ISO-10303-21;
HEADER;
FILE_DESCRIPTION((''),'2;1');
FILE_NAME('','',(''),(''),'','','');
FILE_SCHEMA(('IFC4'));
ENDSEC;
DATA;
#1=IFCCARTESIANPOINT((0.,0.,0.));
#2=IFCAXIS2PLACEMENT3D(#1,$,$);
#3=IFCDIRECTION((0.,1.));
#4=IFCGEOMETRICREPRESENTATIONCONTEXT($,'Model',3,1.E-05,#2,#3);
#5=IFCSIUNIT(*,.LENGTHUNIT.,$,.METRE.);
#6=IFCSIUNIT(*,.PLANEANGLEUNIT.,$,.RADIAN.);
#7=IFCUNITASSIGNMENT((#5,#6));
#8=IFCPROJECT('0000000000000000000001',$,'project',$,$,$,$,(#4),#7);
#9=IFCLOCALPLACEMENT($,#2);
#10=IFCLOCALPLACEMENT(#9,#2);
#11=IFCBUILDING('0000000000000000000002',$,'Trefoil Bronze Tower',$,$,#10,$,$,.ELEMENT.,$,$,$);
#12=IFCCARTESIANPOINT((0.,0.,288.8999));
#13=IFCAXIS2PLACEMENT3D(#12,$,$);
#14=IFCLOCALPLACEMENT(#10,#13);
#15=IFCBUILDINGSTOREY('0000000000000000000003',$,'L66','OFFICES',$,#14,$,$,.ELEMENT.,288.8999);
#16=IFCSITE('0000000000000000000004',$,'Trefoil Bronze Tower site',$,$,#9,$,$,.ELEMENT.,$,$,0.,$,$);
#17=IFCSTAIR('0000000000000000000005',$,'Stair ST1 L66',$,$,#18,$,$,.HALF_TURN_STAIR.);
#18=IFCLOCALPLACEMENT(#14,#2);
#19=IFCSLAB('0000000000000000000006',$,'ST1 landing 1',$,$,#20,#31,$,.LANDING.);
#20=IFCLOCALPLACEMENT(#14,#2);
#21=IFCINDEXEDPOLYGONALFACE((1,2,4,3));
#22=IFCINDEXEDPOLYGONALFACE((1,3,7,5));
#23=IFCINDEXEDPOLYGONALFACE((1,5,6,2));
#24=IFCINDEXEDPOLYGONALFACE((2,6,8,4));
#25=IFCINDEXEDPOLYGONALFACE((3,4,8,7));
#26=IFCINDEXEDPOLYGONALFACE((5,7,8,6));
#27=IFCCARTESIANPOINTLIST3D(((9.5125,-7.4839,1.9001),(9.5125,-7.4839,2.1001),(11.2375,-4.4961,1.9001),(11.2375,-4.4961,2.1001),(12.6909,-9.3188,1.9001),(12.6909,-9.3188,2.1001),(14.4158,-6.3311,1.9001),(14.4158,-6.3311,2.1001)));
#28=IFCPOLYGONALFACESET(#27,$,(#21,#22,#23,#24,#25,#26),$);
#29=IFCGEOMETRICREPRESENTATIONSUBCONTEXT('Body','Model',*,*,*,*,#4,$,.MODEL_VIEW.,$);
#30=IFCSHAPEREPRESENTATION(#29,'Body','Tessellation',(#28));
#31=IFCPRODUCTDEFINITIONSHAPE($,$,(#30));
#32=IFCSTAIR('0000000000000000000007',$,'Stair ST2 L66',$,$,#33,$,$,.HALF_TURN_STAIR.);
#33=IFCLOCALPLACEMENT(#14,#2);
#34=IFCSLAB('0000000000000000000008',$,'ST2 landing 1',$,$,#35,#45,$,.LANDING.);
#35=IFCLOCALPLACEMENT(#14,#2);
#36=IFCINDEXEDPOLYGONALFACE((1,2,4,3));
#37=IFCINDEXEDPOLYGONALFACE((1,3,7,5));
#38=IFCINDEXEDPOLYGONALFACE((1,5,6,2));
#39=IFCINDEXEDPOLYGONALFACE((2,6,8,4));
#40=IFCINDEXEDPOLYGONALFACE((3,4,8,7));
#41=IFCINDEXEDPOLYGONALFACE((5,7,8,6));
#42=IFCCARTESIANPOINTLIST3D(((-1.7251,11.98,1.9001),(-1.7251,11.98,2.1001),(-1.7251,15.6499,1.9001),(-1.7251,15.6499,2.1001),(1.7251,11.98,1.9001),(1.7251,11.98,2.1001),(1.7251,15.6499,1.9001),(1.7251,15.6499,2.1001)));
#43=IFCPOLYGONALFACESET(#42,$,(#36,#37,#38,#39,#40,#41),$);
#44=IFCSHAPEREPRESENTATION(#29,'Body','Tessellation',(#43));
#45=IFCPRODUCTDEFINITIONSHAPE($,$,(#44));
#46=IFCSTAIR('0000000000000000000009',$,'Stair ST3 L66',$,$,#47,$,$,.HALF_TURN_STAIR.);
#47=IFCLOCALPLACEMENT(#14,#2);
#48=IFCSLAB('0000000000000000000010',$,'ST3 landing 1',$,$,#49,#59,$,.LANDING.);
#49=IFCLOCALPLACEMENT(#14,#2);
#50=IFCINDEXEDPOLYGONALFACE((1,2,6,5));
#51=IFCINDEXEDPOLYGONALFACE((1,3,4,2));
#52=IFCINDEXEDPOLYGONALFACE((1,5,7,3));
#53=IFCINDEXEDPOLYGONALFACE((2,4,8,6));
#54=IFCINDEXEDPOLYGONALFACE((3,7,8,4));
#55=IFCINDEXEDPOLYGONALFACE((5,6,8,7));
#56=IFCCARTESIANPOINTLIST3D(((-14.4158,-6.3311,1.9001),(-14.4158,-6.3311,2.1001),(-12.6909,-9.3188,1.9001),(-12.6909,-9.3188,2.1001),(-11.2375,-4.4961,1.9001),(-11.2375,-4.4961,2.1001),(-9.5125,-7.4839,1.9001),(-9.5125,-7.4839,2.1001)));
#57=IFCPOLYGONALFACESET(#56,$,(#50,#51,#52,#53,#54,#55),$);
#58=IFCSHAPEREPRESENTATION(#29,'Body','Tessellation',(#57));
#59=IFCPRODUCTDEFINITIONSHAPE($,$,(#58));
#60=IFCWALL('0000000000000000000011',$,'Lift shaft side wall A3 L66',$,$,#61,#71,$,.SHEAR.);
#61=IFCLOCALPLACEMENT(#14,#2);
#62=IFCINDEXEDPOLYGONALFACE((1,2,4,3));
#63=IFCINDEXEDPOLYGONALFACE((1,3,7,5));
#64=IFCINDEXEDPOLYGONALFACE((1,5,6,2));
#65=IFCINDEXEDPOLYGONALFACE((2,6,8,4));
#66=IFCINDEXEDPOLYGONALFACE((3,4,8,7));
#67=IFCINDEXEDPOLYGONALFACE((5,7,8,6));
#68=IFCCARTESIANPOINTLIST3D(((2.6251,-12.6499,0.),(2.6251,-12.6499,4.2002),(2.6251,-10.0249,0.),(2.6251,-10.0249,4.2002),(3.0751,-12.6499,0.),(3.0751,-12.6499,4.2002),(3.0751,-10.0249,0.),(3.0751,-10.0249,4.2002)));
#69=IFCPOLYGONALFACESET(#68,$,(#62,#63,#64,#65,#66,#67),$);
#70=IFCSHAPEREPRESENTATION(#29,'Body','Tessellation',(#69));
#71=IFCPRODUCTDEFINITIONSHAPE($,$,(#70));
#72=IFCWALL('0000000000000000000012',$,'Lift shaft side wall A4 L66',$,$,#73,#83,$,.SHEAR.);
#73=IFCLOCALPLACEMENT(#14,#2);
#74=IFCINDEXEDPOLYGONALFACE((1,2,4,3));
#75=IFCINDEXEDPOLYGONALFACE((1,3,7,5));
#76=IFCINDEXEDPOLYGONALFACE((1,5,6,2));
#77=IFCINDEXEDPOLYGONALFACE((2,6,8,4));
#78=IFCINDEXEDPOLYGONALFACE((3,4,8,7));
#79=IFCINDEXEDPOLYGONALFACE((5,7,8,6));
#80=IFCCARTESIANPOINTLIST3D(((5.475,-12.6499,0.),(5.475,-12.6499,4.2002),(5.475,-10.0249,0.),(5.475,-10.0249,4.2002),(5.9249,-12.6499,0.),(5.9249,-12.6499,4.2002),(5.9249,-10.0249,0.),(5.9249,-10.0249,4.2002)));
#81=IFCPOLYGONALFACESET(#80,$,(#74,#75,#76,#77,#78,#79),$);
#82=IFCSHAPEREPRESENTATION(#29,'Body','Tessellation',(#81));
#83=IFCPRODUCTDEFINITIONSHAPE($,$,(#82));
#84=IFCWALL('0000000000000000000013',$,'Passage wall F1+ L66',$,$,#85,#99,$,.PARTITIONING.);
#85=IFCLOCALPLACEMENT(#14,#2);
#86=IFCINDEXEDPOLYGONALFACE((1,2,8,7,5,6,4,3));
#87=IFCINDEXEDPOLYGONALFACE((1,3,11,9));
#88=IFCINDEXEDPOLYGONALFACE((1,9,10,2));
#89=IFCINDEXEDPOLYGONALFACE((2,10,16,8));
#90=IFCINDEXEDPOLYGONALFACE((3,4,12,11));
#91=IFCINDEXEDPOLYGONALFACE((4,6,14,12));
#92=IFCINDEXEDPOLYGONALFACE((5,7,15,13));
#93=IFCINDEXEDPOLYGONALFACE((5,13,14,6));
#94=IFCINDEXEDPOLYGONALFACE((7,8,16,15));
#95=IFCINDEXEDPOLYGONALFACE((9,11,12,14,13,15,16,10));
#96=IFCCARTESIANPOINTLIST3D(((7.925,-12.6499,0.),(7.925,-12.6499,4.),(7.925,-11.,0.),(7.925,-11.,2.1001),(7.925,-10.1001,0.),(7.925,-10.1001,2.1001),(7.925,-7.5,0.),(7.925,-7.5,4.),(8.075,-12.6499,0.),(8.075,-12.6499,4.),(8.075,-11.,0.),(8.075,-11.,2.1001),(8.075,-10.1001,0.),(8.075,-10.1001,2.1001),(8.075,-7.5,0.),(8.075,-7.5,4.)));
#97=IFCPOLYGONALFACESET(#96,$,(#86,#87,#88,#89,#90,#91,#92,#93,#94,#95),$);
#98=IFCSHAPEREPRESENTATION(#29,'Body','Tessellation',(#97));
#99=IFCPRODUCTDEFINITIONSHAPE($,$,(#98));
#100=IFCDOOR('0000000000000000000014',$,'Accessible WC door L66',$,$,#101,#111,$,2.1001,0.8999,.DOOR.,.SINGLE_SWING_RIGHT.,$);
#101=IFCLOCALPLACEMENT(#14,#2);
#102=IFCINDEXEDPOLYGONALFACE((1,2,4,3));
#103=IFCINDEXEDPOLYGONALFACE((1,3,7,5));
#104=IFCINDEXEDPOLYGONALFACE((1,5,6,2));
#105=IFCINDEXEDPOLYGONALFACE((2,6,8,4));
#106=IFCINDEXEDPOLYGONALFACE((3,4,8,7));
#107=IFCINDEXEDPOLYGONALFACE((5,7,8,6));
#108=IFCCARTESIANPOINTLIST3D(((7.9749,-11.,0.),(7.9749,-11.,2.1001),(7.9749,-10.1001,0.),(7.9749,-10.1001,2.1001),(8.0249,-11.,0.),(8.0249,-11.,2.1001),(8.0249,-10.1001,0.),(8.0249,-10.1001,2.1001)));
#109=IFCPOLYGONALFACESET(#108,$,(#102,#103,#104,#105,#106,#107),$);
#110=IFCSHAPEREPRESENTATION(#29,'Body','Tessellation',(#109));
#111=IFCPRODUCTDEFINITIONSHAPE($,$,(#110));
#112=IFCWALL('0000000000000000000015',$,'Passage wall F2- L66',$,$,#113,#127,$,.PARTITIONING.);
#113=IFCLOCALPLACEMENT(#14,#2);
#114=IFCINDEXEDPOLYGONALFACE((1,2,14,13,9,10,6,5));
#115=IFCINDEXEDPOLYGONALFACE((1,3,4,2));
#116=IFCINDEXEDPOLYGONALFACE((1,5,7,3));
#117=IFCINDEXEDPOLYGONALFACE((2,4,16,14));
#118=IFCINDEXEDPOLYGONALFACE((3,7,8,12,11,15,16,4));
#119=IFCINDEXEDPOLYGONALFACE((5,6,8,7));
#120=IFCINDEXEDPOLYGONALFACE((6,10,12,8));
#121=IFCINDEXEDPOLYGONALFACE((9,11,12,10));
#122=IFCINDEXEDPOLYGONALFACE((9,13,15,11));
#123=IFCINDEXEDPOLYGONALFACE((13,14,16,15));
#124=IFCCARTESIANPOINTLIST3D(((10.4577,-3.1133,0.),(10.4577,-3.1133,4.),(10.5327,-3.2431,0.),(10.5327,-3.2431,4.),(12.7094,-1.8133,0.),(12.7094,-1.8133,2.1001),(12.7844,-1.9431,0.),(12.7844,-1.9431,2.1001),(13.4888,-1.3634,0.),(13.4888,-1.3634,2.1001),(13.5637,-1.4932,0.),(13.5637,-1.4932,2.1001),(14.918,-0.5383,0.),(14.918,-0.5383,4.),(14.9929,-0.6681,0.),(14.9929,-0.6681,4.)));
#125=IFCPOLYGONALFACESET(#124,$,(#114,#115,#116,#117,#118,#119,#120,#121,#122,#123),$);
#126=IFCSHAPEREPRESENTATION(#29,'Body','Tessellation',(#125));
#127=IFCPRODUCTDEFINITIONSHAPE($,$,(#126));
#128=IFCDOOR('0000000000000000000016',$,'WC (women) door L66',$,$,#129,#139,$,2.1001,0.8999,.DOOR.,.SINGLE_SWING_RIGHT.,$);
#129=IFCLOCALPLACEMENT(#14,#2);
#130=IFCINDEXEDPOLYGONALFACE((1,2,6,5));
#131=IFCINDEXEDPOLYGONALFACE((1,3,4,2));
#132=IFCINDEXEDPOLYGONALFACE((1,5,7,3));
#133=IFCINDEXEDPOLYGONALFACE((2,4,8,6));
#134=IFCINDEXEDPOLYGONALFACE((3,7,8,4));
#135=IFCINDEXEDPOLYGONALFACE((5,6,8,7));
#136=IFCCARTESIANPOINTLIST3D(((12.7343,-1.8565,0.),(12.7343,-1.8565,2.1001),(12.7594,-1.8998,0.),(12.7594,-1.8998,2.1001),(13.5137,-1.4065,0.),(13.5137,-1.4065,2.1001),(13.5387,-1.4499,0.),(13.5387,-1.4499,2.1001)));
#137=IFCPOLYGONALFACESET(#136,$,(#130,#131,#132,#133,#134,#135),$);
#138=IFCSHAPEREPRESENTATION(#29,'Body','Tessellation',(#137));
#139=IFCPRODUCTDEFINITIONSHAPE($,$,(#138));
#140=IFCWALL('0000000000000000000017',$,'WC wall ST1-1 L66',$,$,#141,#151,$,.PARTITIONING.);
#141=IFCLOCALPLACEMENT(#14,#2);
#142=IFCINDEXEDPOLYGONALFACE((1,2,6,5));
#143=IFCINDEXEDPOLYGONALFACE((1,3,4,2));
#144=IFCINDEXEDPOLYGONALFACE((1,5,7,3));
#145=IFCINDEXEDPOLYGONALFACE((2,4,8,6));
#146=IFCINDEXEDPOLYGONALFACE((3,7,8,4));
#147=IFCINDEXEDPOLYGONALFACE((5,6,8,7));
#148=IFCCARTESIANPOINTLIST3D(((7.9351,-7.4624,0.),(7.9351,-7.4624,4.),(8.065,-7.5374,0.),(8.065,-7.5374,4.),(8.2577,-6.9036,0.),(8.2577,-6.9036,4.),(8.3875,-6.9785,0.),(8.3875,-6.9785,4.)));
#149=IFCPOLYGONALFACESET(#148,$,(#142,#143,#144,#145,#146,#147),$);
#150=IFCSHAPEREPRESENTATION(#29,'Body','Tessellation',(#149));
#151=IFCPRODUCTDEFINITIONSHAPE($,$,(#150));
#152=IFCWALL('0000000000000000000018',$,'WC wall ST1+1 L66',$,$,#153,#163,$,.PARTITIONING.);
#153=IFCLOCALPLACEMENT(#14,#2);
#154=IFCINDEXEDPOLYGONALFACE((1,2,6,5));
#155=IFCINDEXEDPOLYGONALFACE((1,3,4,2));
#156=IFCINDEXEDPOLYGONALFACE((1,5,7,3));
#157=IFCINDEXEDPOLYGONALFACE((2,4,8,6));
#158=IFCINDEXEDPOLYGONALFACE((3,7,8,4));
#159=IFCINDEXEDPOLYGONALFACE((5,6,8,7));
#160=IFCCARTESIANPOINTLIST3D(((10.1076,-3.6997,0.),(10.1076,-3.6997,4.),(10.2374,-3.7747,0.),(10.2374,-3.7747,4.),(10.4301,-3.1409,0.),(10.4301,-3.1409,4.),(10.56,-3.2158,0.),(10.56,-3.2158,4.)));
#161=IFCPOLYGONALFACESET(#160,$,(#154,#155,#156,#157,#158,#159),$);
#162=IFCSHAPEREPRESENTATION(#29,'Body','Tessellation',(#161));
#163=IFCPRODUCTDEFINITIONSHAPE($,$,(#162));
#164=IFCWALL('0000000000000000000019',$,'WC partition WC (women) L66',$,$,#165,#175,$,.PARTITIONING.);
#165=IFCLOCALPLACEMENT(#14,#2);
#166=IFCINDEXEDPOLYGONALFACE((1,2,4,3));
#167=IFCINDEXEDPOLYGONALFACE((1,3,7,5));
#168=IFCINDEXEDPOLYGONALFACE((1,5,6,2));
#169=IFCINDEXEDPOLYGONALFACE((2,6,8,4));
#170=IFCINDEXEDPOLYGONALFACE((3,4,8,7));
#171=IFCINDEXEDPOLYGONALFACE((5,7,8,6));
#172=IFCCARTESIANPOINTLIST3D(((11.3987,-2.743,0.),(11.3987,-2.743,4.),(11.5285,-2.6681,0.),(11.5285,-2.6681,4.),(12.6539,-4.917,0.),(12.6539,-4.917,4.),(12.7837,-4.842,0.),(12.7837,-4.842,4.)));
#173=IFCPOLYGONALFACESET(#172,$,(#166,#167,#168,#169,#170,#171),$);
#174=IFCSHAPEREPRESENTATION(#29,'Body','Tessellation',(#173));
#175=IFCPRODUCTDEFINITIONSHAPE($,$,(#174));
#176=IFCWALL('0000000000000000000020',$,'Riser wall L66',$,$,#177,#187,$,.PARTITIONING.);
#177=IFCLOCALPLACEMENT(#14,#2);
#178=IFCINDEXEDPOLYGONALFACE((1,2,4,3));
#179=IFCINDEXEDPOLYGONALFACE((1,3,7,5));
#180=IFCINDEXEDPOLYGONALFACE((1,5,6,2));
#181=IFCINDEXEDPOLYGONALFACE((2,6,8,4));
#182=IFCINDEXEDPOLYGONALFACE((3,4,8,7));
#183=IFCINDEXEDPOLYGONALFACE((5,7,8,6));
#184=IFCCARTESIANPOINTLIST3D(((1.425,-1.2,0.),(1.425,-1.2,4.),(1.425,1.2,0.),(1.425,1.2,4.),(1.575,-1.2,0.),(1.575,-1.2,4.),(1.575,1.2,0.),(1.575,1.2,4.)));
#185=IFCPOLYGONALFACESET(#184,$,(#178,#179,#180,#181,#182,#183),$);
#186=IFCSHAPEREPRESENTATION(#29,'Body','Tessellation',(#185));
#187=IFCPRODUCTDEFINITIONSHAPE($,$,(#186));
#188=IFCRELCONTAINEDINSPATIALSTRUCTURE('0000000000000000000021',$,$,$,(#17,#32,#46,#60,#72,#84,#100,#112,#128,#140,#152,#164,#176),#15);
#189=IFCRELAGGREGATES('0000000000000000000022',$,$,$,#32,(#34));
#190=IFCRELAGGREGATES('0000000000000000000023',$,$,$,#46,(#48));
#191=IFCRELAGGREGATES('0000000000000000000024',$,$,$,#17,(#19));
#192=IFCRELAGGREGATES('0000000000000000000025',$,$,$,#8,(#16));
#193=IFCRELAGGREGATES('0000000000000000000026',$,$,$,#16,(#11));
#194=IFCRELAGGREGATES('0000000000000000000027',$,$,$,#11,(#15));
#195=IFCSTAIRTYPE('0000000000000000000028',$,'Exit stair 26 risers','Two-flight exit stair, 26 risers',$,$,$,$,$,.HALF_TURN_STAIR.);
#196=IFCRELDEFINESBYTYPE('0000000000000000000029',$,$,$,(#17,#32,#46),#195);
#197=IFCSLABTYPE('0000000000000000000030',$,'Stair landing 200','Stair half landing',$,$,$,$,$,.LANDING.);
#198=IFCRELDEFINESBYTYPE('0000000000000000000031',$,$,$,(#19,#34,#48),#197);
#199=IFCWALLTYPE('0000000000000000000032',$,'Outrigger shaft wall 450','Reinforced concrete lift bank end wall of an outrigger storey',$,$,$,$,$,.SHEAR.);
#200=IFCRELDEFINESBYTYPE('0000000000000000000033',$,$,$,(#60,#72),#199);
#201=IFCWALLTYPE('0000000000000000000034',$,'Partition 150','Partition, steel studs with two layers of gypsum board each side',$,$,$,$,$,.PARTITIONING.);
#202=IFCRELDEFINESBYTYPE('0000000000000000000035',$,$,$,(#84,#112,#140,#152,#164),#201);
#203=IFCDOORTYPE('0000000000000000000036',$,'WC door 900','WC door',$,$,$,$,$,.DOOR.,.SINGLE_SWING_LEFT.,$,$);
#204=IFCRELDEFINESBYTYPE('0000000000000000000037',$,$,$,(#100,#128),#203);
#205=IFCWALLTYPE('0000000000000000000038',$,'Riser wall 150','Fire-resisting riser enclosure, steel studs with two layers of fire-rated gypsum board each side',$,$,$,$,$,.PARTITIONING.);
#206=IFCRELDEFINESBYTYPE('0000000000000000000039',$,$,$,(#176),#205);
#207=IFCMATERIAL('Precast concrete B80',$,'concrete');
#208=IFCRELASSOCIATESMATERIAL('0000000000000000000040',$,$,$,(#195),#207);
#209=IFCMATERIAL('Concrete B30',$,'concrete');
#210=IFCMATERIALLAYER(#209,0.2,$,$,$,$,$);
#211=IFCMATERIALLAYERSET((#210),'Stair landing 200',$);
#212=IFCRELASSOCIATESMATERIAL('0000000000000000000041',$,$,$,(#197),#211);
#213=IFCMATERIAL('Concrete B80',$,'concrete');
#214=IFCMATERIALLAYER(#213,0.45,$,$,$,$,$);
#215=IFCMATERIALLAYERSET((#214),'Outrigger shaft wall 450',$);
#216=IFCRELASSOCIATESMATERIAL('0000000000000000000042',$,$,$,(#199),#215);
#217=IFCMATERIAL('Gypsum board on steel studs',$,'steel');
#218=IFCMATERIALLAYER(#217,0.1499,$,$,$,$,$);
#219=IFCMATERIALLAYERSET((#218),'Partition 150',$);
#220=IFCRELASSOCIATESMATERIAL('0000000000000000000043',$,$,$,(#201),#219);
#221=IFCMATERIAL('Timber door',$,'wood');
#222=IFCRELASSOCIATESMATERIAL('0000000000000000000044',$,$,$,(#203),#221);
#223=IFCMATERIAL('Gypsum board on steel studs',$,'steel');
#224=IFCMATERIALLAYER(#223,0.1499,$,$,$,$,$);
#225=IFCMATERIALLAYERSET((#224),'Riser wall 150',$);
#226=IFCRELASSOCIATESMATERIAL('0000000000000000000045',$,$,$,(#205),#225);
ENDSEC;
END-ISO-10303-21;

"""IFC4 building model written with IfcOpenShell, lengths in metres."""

from ifc_helpers import new_model, si_unit, direction, frame, frame_2d, origin, place, context, subcontext, project, spatial, polyline, rectangle, outline, extrude, material, layer, layer_set, type_object, element, fill, aggregate, save


model = new_model("IFC4")

# Units and contexts
model_context = context("Model", 3, precision=1e-05, world=origin(), true_north=direction((0.0, 1.0)))
body_context = subcontext(model_context, "Body", "Model", "MODEL_VIEW")
ifc_project = project(units=[si_unit("LENGTHUNIT", "METRE"), si_unit("PLANEANGLEUNIT", "RADIAN")], contexts=[model_context])

# Site, building, storey
site_placement = place(None, origin())
site = spatial("IfcSite", under=ifc_project, at=site_placement, Name="Trefoil Bronze Tower site", CompositionType="ELEMENT", RefElevation=0.0)
building_placement = place(site_placement, origin())
building = spatial("IfcBuilding", under=site, at=building_placement, Name="Trefoil Bronze Tower", CompositionType="ELEMENT")
storey_placement = place(building_placement, frame((0.0, 0.0, 288.8999)))
storey = spatial("IfcBuildingStorey", under=building, at=storey_placement, Name="L66", Description="OFFICES", CompositionType="ELEMENT", Elevation=288.8999)

# Stairs, slabs
ifc_material_1 = material(Name="Precast concrete B80", Category="concrete")
stair_type = type_object("IfcStairType", Name="Exit stair 26 risers", Description="Two-flight exit stair, 26 risers", PredefinedType="HALF_TURN_STAIR", material=ifc_material_1)
stair_1_placement = place(storey_placement, origin())
stair_1 = element("IfcStair", 1, at=stair_1_placement, inside=storey, type_object=stair_type, Name="Stair ST1 L66", PredefinedType="HALF_TURN_STAIR")
ifc_material_2 = material(Name="Concrete B30", Category="concrete")
ifc_layer_1 = layer(ifc_material_2, 0.2)
ifc_layer_set_1 = layer_set([ifc_layer_1], Name="Stair landing 200")
slab_type = type_object("IfcSlabType", Name="Stair landing 200", Description="Stair half landing", PredefinedType="LANDING", material=ifc_layer_set_1)
slab_1_placement = place(storey_placement, frame((0.0, 0.0, 1.9001)))
slab_1 = element("IfcSlab", 2, at=slab_1_placement, type_object=slab_type, Name="ST1 landing 1", PredefinedType="LANDING", context=body_context, shape_type="SweptSolid", body=[
    extrude(outline(polyline([(9.5125, -7.4839), (12.6909, -9.3188), (14.4158, -6.3311), (11.2375, -4.4961), (9.5125, -7.4839)])), origin(), (0.0, 0.0, 1.0), 0.2),
])
stair_2_placement = place(storey_placement, origin())
stair_2 = element("IfcStair", 3, at=stair_2_placement, inside=storey, type_object=stair_type, Name="Stair ST2 L66", PredefinedType="HALF_TURN_STAIR")
slab_2_placement = place(storey_placement, frame((0.0, 0.0, 1.9001)))
slab_2 = element("IfcSlab", 4, at=slab_2_placement, type_object=slab_type, Name="ST2 landing 1", PredefinedType="LANDING", context=body_context, shape_type="SweptSolid", body=[
    extrude(outline(polyline([(1.7251, 11.98), (1.7251, 15.6499), (-1.7251, 15.6499), (-1.7251, 11.98), (1.7251, 11.98)])), origin(), (0.0, 0.0, 1.0), 0.2),
])
aggregate(stair_2, [slab_2])
stair_3_placement = place(storey_placement, origin())
stair_3 = element("IfcStair", 5, at=stair_3_placement, inside=storey, type_object=stair_type, Name="Stair ST3 L66", PredefinedType="HALF_TURN_STAIR")
slab_3_placement = place(storey_placement, frame((0.0, 0.0, 1.9001)))
slab_3 = element("IfcSlab", 6, at=slab_3_placement, type_object=slab_type, Name="ST3 landing 1", PredefinedType="LANDING", context=body_context, shape_type="SweptSolid", body=[
    extrude(outline(polyline([(-11.2375, -4.4961), (-14.4158, -6.3311), (-12.6909, -9.3188), (-9.5125, -7.4839), (-11.2375, -4.4961)])), origin(), (0.0, 0.0, 1.0), 0.2),
])
aggregate(stair_3, [slab_3])

# Walls
ifc_material_3 = material(Name="Concrete B80", Category="concrete")
ifc_layer_2 = layer(ifc_material_3, 0.45)
ifc_layer_set_2 = layer_set([ifc_layer_2], Name="Outrigger shaft wall 450")
wall_type_1 = type_object("IfcWallType", Name="Outrigger shaft wall 450", Description="Reinforced concrete lift bank end wall of an outrigger storey", PredefinedType="SHEAR", material=ifc_layer_set_2)
for number, where, z_axis, x_axis, name in (
    (7, (2.8501, -10.0249, 0.0), (0.0, 0.0, 1.0), (0.0, -1.0, 0.0), "Lift shaft side wall A3 L66"),
    (8, (5.7, -10.0249, 0.0), (0.0, 0.0, 1.0), (0.0, -1.0, 0.0), "Lift shaft side wall A4 L66"),
):
    element("IfcWall", number, at=place(storey_placement, frame(where, z_axis=z_axis, x_axis=x_axis)), inside=storey, type_object=wall_type_1, Name=name, PredefinedType="SHEAR", context=body_context, shape_type="SweptSolid", body=[
        extrude(rectangle(XDim=2.625, YDim=0.45, at=frame_2d((1.3125, 0.0))), origin(), (0.0, 0.0, 1.0), 4.2002),
    ])

# Walls, openings, doors
ifc_material_4 = material(Name="Gypsum board on steel studs", Category="steel")
ifc_layer_3 = layer(ifc_material_4, 0.1499)
ifc_layer_set_3 = layer_set([ifc_layer_3], Name="Partition 150")
wall_type_2 = type_object("IfcWallType", Name="Partition 150", Description="Partition, steel studs with two layers of gypsum board each side", PredefinedType="PARTITIONING", material=ifc_layer_set_3)
wall_1_placement = place(storey_placement, frame((8.0, -7.5, 0.0), z_axis=(0.0, 0.0, 1.0), x_axis=(0.0, -1.0, 0.0)))
wall_1 = element("IfcWall", 9, at=wall_1_placement, inside=storey, type_object=wall_type_2, Name="Passage wall F1+ L66", PredefinedType="PARTITIONING", context=body_context, shape_type="SweptSolid", body=[
    extrude(rectangle(XDim=5.1499, YDim=0.1499, at=frame_2d((2.575, 0.0))), origin(), (0.0, 0.0, 1.0), 4.0),
])
opening_1_placement = place(wall_1_placement, frame((2.6001, 0.0, 0.0)))
opening_1 = element("IfcOpeningElement", 10, at=opening_1_placement, cuts=wall_1, PredefinedType="OPENING", context=body_context, shape_type="SweptSolid", body=[
    extrude(rectangle(XDim=0.8999, YDim=2.1001, at=frame_2d((0.45, 1.05))), frame((0.0, 0.085, 0.0), z_axis=(0.0, -1.0, 0.0), x_axis=(1.0, 0.0, 0.0)), (0.0, 0.0, 1.0), 0.1699),
])
ifc_material_5 = material(Name="Timber door", Category="wood")
door_type_1 = type_object("IfcDoorType", Name="WC door 900", Description="WC door", OperationType="SINGLE_SWING_LEFT", PredefinedType="DOOR", material=ifc_material_5)
door_1_placement = place(opening_1_placement, origin())
door_1 = element("IfcDoor", 11, at=door_1_placement, inside=storey, type_object=door_type_1, Name="Accessible WC door L66", OperationType="SINGLE_SWING_RIGHT", OverallHeight=2.1001, OverallWidth=0.8999, PredefinedType="DOOR", context=body_context, shape_type="SweptSolid", body=[
    extrude(rectangle(XDim=0.8999, YDim=2.1001, at=frame_2d((0.45, 1.05))), frame((0.0, 0.0249, 0.0), z_axis=(0.0, -1.0, 0.0), x_axis=(1.0, 0.0, 0.0)), (0.0, 0.0, 1.0), 0.05),
])
fill(opening_1, door_1)
wall_2_placement = place(storey_placement, frame((10.4951, -3.1782, 0.0), z_axis=(0.0, 0.0, 1.0), x_axis=(0.866038, 0.499978, 0.0)))
wall_2 = element("IfcWall", 12, at=wall_2_placement, inside=storey, type_object=wall_type_2, Name="Passage wall F2- L66", PredefinedType="PARTITIONING", context=body_context, shape_type="SweptSolid", body=[
    extrude(rectangle(XDim=5.1501, YDim=0.1499, at=frame_2d((2.5752, 0.0))), origin(), (0.0, 0.0, 1.0), 4.0),
])
opening_2_placement = place(wall_2_placement, frame((2.6001, 0.0, 0.0)))
opening_2 = element("IfcOpeningElement", 13, at=opening_2_placement, cuts=wall_2, PredefinedType="OPENING", context=body_context, shape_type="SweptSolid", body=[
    extrude(rectangle(XDim=0.8999, YDim=2.1001, at=frame_2d((0.45, 1.05))), frame((0.0, 0.085, 0.0), z_axis=(0.0, -1.0, 0.0), x_axis=(1.0, 0.0, 0.0)), (0.0, 0.0, 1.0), 0.1699),
])
door_2_placement = place(opening_2_placement, frame((0.8999, 0.0, 0.0), z_axis=(0.0, 0.0, 1.0), x_axis=(-1.0, 0.0, 0.0)))
door_2 = element("IfcDoor", 14, at=door_2_placement, inside=storey, type_object=door_type_1, Name="WC (women) door L66", OperationType="SINGLE_SWING_RIGHT", OverallHeight=2.1001, OverallWidth=0.8999, PredefinedType="DOOR", context=body_context, shape_type="SweptSolid", body=[
    extrude(rectangle(XDim=0.8999, YDim=2.1001, at=frame_2d((0.45, 1.05))), frame((0.0, 0.0249, 0.0), z_axis=(0.0, -1.0, 0.0), x_axis=(1.0, 0.0, 0.0)), (0.0, 0.0, 1.0), 0.05),
])
fill(opening_2, door_2)

# Walls
for number, where, z_axis, x_axis, name in (
    (15, (8.0, -7.5, 0.0), (0.0, 0.0, 1.0), (0.499843, 0.866116, 0.0), "WC wall ST1-1 L66"),
    (16, (10.4951, -3.1782, 0.0), (0.0, 0.0, 1.0), (-0.499843, -0.866116, 0.0), "WC wall ST1+1 L66"),
):
    element("IfcWall", number, at=place(storey_placement, frame(where, z_axis=z_axis, x_axis=x_axis)), inside=storey, type_object=wall_type_2, Name=name, PredefinedType="PARTITIONING", context=body_context, shape_type="SweptSolid", body=[
        extrude(rectangle(XDim=0.6453, YDim=0.1499, at=frame_2d((0.3228, 0.0))), origin(), (0.0, 0.0, 1.0), 4.0),
    ])
wall_3_placement = place(storey_placement, frame((11.4636, -2.7056, 0.0), z_axis=(0.0, 0.0, 1.0), x_axis=(0.50002, -0.866014, 0.0)))
element("IfcWall", 17, at=wall_3_placement, inside=storey, type_object=wall_type_2, Name="WC partition WC (women) L66", PredefinedType="PARTITIONING", context=body_context, shape_type="SweptSolid", body=[
    extrude(rectangle(XDim=2.5103, YDim=0.1499, at=frame_2d((1.2551, 0.0))), origin(), (0.0, 0.0, 1.0), 4.0),
])
ifc_material_6 = material(Name="Gypsum board on steel studs", Category="steel")
ifc_layer_4 = layer(ifc_material_6, 0.1499)
ifc_layer_set_4 = layer_set([ifc_layer_4], Name="Riser wall 150")
wall_type_3 = type_object("IfcWallType", Name="Riser wall 150", Description="Fire-resisting riser enclosure, steel studs with two layers of fire-rated gypsum board each side", PredefinedType="PARTITIONING", material=ifc_layer_set_4)
wall_4_placement = place(storey_placement, frame((1.5, -1.2, 0.0), z_axis=(0.0, 0.0, 1.0), x_axis=(0.0, 1.0, 0.0)))
element("IfcWall", 18, at=wall_4_placement, inside=storey, type_object=wall_type_3, Name="Riser wall L66", PredefinedType="PARTITIONING", context=body_context, shape_type="SweptSolid", body=[
    extrude(rectangle(XDim=2.3999, YDim=0.1499, at=frame_2d((1.2, 0.0))), origin(), (0.0, 0.0, 1.0), 4.0),
])

aggregate(stair_1, [slab_1])

save(model, "model.ifc")
